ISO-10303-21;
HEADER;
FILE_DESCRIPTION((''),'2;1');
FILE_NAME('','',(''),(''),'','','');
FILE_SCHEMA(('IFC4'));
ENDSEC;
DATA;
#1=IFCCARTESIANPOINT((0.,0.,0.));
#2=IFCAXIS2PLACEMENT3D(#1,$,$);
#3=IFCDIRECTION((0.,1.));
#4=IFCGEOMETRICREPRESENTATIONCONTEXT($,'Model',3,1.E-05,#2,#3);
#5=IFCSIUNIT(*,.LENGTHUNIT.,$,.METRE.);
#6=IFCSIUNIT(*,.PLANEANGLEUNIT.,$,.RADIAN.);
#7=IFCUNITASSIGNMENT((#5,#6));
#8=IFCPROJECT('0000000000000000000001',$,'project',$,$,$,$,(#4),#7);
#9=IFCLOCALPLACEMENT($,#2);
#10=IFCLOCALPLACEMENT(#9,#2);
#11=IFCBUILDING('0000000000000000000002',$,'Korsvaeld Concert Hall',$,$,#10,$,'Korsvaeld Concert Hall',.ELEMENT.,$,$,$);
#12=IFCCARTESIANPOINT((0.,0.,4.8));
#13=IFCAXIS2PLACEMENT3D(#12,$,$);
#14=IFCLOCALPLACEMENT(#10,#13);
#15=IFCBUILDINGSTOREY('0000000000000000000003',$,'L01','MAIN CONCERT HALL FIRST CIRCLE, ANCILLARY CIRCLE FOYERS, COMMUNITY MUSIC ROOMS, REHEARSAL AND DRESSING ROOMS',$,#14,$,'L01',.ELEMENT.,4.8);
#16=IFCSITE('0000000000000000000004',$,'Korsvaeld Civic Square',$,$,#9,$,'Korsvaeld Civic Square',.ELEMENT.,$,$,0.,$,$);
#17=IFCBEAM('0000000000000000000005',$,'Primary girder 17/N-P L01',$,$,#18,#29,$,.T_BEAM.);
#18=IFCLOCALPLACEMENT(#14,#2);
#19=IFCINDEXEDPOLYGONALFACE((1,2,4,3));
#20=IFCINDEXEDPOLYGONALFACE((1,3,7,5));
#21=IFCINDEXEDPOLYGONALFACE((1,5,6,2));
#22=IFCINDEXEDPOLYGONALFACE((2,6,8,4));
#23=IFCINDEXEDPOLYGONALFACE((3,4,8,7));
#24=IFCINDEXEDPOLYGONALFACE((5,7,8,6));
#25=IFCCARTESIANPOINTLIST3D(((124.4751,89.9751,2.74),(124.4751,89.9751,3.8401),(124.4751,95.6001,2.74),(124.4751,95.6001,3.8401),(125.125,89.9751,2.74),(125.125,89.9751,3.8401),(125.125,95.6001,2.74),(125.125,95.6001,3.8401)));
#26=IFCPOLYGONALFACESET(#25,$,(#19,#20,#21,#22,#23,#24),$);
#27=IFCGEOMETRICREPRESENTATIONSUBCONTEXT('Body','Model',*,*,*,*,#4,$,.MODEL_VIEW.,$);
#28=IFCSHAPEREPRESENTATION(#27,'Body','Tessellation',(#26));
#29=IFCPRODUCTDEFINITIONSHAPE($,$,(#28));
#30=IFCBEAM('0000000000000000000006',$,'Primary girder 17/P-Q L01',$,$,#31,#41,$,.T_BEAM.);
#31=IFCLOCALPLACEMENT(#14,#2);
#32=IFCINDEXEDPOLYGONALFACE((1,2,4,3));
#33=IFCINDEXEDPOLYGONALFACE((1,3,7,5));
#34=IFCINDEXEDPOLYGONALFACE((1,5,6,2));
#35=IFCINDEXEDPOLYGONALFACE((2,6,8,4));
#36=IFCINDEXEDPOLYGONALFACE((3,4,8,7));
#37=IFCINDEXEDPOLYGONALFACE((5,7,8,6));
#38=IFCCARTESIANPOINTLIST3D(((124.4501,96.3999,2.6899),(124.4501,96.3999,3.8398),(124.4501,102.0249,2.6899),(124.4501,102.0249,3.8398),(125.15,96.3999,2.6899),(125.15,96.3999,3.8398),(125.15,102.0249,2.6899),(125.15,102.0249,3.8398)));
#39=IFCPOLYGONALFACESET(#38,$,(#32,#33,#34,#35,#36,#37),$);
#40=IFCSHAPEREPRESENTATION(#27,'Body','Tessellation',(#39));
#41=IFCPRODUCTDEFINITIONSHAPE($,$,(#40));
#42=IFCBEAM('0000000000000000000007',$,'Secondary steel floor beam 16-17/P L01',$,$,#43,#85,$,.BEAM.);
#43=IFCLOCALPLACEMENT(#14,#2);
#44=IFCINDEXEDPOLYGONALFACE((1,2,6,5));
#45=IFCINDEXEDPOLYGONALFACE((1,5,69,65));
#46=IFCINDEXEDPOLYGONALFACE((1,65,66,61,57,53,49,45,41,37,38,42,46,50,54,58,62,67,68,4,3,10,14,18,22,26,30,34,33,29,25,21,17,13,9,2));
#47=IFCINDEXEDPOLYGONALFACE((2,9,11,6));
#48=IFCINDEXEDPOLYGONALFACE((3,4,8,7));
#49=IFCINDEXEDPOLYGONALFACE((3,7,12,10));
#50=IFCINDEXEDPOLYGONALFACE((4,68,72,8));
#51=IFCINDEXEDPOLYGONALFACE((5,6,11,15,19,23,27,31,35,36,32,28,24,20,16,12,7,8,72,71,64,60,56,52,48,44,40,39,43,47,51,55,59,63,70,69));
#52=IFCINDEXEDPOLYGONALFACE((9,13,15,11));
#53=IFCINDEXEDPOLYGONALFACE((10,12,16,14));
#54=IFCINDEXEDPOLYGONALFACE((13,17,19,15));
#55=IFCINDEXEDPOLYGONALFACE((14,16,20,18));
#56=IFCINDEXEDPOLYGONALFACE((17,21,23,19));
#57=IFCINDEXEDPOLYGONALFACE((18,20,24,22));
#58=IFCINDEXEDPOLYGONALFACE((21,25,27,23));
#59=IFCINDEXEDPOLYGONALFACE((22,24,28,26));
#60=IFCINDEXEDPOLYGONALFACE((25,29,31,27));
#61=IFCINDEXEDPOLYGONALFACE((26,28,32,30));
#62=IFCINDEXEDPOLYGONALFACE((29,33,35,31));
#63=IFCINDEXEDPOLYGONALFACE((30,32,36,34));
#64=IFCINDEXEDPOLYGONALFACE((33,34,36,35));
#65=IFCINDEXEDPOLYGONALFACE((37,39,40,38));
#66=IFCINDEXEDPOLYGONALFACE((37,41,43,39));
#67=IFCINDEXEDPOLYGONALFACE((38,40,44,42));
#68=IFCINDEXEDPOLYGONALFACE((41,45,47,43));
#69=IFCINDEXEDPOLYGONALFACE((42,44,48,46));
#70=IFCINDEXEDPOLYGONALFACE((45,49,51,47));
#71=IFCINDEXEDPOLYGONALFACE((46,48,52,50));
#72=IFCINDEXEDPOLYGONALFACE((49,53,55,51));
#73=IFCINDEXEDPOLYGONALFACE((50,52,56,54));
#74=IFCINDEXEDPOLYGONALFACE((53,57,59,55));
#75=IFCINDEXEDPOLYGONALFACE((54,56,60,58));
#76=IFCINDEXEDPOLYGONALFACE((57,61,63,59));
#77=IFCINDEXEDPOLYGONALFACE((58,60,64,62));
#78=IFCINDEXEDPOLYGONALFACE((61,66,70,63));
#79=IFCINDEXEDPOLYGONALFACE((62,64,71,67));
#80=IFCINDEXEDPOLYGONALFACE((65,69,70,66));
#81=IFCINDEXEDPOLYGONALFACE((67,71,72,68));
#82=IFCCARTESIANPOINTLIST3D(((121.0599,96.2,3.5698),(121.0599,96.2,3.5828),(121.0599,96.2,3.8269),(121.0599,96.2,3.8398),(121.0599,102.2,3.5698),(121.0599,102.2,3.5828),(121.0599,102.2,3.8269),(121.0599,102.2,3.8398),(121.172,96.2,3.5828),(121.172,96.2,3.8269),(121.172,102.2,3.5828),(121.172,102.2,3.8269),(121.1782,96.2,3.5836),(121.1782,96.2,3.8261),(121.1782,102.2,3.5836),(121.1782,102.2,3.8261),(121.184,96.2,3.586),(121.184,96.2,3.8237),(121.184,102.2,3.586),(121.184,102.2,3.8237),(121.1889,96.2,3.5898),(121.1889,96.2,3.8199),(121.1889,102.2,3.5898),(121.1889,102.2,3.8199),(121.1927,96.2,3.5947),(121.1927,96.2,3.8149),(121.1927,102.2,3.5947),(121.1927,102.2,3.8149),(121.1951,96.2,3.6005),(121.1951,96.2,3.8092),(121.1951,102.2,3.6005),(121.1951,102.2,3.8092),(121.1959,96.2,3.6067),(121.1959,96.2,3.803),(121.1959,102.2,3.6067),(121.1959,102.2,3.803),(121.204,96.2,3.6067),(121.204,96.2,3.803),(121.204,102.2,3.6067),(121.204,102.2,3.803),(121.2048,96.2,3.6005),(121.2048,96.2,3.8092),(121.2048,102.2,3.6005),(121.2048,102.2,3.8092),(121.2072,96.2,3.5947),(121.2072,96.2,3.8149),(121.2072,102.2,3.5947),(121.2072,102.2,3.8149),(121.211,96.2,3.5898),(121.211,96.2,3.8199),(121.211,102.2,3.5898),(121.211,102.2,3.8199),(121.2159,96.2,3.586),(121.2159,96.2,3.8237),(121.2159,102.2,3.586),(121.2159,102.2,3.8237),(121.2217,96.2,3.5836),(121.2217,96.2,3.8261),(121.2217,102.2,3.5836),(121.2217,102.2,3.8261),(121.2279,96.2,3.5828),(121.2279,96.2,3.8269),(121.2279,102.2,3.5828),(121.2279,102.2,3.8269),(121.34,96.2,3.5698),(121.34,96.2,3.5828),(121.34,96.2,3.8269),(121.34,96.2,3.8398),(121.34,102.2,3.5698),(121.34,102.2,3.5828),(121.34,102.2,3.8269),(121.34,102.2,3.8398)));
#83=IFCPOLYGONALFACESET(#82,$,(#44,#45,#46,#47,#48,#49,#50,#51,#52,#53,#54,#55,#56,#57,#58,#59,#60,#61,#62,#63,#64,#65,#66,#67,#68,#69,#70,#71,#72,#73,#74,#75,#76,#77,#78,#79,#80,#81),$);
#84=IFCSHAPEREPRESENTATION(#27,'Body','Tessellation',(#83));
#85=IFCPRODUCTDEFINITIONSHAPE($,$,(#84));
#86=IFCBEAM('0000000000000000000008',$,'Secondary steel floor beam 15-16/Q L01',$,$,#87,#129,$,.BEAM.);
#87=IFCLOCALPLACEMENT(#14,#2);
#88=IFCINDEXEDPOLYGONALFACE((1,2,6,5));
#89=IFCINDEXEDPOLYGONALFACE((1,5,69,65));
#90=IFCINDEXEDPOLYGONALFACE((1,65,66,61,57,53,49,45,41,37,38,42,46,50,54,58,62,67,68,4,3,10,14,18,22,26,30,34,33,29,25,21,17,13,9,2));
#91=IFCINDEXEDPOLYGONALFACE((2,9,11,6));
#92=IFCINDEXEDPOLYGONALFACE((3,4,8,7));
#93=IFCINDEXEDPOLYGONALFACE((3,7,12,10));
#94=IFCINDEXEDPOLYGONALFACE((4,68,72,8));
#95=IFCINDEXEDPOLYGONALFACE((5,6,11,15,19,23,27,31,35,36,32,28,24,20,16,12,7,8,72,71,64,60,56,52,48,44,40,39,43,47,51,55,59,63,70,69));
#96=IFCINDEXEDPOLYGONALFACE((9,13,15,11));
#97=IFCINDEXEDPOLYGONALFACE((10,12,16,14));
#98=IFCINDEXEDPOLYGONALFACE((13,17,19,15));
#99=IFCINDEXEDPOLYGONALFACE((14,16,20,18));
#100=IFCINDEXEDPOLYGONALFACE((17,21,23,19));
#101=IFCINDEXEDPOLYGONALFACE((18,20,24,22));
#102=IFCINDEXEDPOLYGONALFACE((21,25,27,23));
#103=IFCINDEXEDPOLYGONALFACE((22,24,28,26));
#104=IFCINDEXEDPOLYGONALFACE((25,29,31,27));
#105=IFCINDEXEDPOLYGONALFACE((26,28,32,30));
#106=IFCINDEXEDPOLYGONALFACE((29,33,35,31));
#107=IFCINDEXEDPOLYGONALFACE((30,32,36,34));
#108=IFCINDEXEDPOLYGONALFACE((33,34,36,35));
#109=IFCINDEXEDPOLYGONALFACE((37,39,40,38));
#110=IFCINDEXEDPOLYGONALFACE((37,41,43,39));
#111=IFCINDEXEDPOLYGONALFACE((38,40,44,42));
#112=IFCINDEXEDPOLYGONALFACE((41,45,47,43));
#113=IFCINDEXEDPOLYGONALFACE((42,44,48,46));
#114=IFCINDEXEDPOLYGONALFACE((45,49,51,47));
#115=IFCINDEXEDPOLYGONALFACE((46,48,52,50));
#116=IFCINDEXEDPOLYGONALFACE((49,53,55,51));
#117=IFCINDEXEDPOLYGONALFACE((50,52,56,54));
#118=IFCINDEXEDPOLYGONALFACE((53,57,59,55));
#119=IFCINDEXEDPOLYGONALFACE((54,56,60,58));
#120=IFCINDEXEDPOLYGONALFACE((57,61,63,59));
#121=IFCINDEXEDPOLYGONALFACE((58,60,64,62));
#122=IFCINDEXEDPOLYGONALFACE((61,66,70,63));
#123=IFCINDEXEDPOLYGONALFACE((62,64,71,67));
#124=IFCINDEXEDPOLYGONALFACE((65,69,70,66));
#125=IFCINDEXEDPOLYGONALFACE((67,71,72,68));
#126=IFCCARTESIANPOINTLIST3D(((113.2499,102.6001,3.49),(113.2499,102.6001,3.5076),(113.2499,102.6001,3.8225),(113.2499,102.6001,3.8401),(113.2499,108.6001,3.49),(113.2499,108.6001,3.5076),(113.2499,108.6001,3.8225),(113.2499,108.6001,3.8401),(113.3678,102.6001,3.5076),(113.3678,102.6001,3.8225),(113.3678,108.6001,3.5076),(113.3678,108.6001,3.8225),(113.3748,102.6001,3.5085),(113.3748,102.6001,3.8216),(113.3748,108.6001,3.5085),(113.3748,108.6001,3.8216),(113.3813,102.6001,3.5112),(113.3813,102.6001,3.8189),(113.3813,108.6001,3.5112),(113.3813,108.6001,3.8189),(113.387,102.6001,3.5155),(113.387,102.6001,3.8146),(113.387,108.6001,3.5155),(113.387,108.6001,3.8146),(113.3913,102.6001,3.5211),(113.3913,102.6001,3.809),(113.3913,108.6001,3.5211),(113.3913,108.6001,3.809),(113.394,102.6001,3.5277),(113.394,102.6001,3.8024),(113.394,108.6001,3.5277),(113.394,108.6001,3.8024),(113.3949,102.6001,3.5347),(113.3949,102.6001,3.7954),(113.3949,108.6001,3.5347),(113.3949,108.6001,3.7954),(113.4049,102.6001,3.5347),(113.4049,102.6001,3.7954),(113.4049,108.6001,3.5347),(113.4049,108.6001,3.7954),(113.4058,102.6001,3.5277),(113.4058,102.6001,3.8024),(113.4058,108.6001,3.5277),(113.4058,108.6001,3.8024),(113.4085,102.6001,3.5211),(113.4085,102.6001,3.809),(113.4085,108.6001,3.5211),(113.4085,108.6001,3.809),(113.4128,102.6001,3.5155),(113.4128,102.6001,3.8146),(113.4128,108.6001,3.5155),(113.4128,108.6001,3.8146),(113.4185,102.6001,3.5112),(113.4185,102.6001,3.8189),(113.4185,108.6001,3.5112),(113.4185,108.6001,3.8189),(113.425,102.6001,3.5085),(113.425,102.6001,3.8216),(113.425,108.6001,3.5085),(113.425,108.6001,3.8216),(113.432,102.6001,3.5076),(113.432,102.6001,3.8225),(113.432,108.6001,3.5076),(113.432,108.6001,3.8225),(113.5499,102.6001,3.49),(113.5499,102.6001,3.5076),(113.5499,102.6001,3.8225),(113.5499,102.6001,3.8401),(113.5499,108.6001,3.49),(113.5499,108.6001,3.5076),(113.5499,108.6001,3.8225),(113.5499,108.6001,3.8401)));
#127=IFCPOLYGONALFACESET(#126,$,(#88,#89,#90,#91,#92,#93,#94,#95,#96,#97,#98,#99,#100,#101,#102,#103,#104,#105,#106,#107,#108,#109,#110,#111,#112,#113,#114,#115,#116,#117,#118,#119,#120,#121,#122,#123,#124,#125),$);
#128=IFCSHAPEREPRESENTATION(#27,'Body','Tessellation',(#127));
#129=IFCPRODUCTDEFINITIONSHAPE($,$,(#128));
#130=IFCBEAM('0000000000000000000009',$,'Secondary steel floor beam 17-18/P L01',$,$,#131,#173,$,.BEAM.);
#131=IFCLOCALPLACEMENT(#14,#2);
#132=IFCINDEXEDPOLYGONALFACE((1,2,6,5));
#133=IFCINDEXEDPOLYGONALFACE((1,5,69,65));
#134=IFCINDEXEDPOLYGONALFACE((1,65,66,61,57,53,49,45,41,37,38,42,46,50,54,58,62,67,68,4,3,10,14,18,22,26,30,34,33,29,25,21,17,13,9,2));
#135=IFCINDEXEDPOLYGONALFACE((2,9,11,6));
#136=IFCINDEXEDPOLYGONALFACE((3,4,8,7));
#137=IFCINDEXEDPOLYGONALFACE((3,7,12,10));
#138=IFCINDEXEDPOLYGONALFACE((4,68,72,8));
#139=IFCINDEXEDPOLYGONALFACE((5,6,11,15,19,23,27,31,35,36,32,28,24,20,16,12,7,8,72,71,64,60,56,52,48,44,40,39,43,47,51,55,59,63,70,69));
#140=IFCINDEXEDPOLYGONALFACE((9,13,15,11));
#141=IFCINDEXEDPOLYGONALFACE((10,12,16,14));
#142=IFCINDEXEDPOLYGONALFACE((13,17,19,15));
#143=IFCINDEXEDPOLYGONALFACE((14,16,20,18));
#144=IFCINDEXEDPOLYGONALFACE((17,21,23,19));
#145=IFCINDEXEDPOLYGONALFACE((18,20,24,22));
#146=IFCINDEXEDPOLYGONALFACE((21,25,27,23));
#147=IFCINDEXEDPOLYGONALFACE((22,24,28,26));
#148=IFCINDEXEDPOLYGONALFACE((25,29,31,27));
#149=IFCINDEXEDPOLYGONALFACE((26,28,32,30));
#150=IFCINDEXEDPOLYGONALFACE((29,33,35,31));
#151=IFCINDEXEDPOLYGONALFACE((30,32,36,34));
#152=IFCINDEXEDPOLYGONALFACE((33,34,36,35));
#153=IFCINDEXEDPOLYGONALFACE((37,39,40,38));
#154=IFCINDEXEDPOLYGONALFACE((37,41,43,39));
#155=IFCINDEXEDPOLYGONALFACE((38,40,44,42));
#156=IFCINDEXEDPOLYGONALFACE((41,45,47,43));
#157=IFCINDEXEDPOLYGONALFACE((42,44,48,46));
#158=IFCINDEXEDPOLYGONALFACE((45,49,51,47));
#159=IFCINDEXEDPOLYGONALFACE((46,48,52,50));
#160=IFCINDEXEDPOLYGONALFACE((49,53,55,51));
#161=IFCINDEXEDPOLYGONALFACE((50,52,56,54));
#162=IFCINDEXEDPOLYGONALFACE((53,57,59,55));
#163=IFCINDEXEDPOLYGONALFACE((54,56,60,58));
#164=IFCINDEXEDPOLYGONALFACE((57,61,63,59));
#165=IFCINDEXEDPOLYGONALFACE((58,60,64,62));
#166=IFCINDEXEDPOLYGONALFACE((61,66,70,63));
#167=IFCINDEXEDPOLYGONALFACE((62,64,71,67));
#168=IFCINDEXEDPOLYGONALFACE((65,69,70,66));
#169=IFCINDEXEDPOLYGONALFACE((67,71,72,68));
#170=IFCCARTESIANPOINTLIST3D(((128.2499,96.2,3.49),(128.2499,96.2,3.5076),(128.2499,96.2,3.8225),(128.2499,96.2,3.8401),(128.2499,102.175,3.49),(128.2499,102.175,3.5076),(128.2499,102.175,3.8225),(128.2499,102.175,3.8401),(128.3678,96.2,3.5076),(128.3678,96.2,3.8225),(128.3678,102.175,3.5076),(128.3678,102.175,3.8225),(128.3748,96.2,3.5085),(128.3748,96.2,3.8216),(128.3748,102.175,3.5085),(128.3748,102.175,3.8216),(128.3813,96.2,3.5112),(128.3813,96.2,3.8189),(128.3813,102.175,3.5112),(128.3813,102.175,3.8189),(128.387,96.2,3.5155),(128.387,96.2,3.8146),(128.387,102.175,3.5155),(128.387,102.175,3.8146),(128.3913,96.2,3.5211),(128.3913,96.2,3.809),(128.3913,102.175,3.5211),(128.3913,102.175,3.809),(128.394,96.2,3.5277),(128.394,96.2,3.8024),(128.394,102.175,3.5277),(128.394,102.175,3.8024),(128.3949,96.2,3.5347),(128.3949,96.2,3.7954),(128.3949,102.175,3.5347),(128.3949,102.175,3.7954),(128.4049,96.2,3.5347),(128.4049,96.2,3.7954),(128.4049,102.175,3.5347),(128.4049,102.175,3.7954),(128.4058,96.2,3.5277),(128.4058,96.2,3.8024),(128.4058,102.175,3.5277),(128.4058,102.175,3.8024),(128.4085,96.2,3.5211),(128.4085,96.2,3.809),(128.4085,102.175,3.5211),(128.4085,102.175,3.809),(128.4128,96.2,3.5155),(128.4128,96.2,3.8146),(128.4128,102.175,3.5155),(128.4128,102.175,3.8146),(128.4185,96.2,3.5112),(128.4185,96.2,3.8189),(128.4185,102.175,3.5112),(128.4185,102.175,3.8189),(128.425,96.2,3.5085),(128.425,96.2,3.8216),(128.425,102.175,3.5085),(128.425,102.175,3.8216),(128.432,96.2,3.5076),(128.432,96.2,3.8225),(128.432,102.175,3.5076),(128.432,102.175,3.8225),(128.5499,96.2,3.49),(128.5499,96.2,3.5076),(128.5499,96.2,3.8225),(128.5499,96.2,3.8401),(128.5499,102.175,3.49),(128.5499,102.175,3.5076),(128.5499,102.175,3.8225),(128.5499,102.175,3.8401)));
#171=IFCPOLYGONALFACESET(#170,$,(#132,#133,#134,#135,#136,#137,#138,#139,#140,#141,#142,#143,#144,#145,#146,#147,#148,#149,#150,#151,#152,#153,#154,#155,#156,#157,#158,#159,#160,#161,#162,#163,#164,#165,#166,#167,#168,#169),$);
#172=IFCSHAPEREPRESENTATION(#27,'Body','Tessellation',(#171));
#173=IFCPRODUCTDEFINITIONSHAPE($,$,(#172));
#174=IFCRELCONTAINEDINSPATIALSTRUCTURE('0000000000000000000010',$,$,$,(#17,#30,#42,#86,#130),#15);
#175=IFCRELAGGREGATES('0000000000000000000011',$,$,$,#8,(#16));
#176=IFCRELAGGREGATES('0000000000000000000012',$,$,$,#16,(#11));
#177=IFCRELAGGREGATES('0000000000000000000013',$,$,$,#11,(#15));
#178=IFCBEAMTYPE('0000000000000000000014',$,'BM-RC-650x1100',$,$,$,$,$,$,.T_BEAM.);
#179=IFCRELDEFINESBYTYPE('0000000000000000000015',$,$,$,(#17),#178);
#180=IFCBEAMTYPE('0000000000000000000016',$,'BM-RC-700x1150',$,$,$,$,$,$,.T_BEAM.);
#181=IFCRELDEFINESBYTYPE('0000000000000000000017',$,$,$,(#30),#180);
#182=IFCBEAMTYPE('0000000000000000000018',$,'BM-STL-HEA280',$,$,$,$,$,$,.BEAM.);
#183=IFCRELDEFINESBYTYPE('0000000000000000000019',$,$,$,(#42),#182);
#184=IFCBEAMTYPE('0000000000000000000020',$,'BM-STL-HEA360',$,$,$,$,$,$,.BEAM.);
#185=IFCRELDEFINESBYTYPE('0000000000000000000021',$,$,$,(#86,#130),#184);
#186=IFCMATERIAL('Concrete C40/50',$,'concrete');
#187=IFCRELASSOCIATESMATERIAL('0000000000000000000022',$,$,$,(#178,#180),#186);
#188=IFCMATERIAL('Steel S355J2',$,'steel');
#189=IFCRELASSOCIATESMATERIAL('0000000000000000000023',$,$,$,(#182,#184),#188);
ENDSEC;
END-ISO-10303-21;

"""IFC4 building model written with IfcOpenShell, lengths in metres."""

from ifc_helpers import new_model, si_unit, direction, frame, origin, origin_2d, place, context, subcontext, project, spatial, rectangle, i_section, extrude, material, material_profile, profile_set, type_object, element, save


model = new_model("IFC4")

# Units and contexts
model_context = context("Model", 3, precision=1e-05, world=origin(), true_north=direction((0.0, 1.0)))
body_context = subcontext(model_context, "Body", "Model", "MODEL_VIEW")
ifc_project = project(units=[si_unit("LENGTHUNIT", "METRE"), si_unit("PLANEANGLEUNIT", "RADIAN")], contexts=[model_context])

# Site, building, storey
site_placement = place(None, origin())
site = spatial("IfcSite", under=ifc_project, at=site_placement, Name="Korsvaeld Civic Square", LongName="Korsvaeld Civic Square", CompositionType="ELEMENT", RefElevation=0.0)
building_placement = place(site_placement, origin())
building = spatial("IfcBuilding", under=site, at=building_placement, Name="Korsvaeld Concert Hall", LongName="Korsvaeld Concert Hall", CompositionType="ELEMENT")
storey_placement = place(building_placement, frame((0.0, 0.0, 4.8)))
storey = spatial("IfcBuildingStorey", under=building, at=storey_placement, Name="L01", Description="MAIN CONCERT HALL FIRST CIRCLE, ANCILLARY CIRCLE FOYERS, COMMUNITY MUSIC ROOMS, REHEARSAL AND DRESSING ROOMS", LongName="L01", CompositionType="ELEMENT", Elevation=4.8)

# Shared definitions
ifc_material_1 = material(Name="Concrete C40/50", Category="concrete")

# Beams
ifc_material_profile_1 = material_profile(ifc_material_1, rectangle(XDim=0.6499, YDim=1.1001, at=origin_2d()), Name="RC 650x1100")
ifc_profile_set_1 = profile_set([ifc_material_profile_1], Name="Concrete C40/50")
beam_type_1 = type_object("IfcBeamType", Name="BM-RC-650x1100", PredefinedType="T_BEAM", material=ifc_profile_set_1)
for number, where, z_axis, x_axis, name in (
    (1, (124.8, 89.9751, 3.29), (0.0, 1.0, 0.0), (-1.0, 0.0, 0.0), "Primary girder 17/N-P L01"),
):
    element("IfcBeam", number, at=place(storey_placement, frame(where, z_axis=z_axis, x_axis=x_axis)), inside=storey, type_object=beam_type_1, Name=name, PredefinedType="T_BEAM", context=body_context, shape_type="SweptSolid", body=[
        extrude(rectangle(XDim=0.6499, YDim=1.1001, at=origin_2d()), origin(), (0.0, 0.0, 1.0), 5.625),
    ])
ifc_material_profile_2 = material_profile(ifc_material_1, rectangle(XDim=0.7, YDim=1.1499, at=origin_2d()), Name="RC 700x1150")
ifc_profile_set_2 = profile_set([ifc_material_profile_2], Name="Concrete C40/50")
beam_type_2 = type_object("IfcBeamType", Name="BM-RC-700x1150", PredefinedType="T_BEAM", material=ifc_profile_set_2)
beam_1_placement = place(storey_placement, frame((124.8, 96.3999, 3.2649), z_axis=(0.0, 1.0, 0.0), x_axis=(-1.0, 0.0, 0.0)))
element("IfcBeam", 2, at=beam_1_placement, inside=storey, type_object=beam_type_2, Name="Primary girder 17/P-Q L01", PredefinedType="T_BEAM", context=body_context, shape_type="SweptSolid", body=[
    extrude(rectangle(XDim=0.7, YDim=1.1499, at=origin_2d()), origin(), (0.0, 0.0, 1.0), 5.625),
])
ifc_material_2 = material(Name="Steel S355J2", Category="steel")
ifc_material_profile_3 = material_profile(ifc_material_2, i_section(OverallWidth=0.28, OverallDepth=0.27, WebThickness=0.0081, FlangeThickness=0.0129, FilletRadius=0.0239, at=origin_2d()), Name="HEA 280")
ifc_profile_set_3 = profile_set([ifc_material_profile_3], Name="Steel S355J2")
beam_type_3 = type_object("IfcBeamType", Name="BM-STL-HEA280", PredefinedType="BEAM", material=ifc_profile_set_3)
beam_2_placement = place(storey_placement, frame((121.2, 96.2, 3.7048), z_axis=(0.0, 1.0, 0.0), x_axis=(-1.0, 0.0, 0.0)))
element("IfcBeam", 3, at=beam_2_placement, inside=storey, type_object=beam_type_3, Name="Secondary steel floor beam 16-17/P L01", PredefinedType="BEAM", context=body_context, shape_type="SweptSolid", body=[
    extrude(i_section(OverallWidth=0.28, OverallDepth=0.27, WebThickness=0.0081, FlangeThickness=0.0129, FilletRadius=0.0239, at=origin_2d()), origin(), (0.0, 0.0, 1.0), 6.0),
])
ifc_material_profile_4 = material_profile(ifc_material_2, i_section(OverallWidth=0.3, OverallDepth=0.3501, WebThickness=0.01, FlangeThickness=0.0176, FilletRadius=0.0271, at=origin_2d()), Name="HEA 360")
ifc_profile_set_4 = profile_set([ifc_material_profile_4], Name="Steel S355J2")
beam_type_4 = type_object("IfcBeamType", Name="BM-STL-HEA360", PredefinedType="BEAM", material=ifc_profile_set_4)
beam_3_placement = place(storey_placement, frame((113.3999, 102.6001, 3.665), z_axis=(0.0, 1.0, 0.0), x_axis=(-1.0, 0.0, 0.0)))
element("IfcBeam", 4, at=beam_3_placement, inside=storey, type_object=beam_type_4, Name="Secondary steel floor beam 15-16/Q L01", PredefinedType="BEAM", context=body_context, shape_type="SweptSolid", body=[
    extrude(i_section(OverallWidth=0.3, OverallDepth=0.3501, WebThickness=0.01, FlangeThickness=0.0176, FilletRadius=0.0271, at=origin_2d()), origin(), (0.0, 0.0, 1.0), 6.0),
])
beam_4_placement = place(storey_placement, frame((128.3999, 96.2, 3.665), z_axis=(0.0, 1.0, 0.0), x_axis=(-1.0, 0.0, 0.0)))
element("IfcBeam", 5, at=beam_4_placement, inside=storey, type_object=beam_type_4, Name="Secondary steel floor beam 17-18/P L01", PredefinedType="BEAM", context=body_context, shape_type="SweptSolid", body=[
    extrude(i_section(OverallWidth=0.3, OverallDepth=0.3501, WebThickness=0.01, FlangeThickness=0.0176, FilletRadius=0.0271, at=origin_2d()), origin(), (0.0, 0.0, 1.0), 5.9751),
])

save(model, "model.ifc")
